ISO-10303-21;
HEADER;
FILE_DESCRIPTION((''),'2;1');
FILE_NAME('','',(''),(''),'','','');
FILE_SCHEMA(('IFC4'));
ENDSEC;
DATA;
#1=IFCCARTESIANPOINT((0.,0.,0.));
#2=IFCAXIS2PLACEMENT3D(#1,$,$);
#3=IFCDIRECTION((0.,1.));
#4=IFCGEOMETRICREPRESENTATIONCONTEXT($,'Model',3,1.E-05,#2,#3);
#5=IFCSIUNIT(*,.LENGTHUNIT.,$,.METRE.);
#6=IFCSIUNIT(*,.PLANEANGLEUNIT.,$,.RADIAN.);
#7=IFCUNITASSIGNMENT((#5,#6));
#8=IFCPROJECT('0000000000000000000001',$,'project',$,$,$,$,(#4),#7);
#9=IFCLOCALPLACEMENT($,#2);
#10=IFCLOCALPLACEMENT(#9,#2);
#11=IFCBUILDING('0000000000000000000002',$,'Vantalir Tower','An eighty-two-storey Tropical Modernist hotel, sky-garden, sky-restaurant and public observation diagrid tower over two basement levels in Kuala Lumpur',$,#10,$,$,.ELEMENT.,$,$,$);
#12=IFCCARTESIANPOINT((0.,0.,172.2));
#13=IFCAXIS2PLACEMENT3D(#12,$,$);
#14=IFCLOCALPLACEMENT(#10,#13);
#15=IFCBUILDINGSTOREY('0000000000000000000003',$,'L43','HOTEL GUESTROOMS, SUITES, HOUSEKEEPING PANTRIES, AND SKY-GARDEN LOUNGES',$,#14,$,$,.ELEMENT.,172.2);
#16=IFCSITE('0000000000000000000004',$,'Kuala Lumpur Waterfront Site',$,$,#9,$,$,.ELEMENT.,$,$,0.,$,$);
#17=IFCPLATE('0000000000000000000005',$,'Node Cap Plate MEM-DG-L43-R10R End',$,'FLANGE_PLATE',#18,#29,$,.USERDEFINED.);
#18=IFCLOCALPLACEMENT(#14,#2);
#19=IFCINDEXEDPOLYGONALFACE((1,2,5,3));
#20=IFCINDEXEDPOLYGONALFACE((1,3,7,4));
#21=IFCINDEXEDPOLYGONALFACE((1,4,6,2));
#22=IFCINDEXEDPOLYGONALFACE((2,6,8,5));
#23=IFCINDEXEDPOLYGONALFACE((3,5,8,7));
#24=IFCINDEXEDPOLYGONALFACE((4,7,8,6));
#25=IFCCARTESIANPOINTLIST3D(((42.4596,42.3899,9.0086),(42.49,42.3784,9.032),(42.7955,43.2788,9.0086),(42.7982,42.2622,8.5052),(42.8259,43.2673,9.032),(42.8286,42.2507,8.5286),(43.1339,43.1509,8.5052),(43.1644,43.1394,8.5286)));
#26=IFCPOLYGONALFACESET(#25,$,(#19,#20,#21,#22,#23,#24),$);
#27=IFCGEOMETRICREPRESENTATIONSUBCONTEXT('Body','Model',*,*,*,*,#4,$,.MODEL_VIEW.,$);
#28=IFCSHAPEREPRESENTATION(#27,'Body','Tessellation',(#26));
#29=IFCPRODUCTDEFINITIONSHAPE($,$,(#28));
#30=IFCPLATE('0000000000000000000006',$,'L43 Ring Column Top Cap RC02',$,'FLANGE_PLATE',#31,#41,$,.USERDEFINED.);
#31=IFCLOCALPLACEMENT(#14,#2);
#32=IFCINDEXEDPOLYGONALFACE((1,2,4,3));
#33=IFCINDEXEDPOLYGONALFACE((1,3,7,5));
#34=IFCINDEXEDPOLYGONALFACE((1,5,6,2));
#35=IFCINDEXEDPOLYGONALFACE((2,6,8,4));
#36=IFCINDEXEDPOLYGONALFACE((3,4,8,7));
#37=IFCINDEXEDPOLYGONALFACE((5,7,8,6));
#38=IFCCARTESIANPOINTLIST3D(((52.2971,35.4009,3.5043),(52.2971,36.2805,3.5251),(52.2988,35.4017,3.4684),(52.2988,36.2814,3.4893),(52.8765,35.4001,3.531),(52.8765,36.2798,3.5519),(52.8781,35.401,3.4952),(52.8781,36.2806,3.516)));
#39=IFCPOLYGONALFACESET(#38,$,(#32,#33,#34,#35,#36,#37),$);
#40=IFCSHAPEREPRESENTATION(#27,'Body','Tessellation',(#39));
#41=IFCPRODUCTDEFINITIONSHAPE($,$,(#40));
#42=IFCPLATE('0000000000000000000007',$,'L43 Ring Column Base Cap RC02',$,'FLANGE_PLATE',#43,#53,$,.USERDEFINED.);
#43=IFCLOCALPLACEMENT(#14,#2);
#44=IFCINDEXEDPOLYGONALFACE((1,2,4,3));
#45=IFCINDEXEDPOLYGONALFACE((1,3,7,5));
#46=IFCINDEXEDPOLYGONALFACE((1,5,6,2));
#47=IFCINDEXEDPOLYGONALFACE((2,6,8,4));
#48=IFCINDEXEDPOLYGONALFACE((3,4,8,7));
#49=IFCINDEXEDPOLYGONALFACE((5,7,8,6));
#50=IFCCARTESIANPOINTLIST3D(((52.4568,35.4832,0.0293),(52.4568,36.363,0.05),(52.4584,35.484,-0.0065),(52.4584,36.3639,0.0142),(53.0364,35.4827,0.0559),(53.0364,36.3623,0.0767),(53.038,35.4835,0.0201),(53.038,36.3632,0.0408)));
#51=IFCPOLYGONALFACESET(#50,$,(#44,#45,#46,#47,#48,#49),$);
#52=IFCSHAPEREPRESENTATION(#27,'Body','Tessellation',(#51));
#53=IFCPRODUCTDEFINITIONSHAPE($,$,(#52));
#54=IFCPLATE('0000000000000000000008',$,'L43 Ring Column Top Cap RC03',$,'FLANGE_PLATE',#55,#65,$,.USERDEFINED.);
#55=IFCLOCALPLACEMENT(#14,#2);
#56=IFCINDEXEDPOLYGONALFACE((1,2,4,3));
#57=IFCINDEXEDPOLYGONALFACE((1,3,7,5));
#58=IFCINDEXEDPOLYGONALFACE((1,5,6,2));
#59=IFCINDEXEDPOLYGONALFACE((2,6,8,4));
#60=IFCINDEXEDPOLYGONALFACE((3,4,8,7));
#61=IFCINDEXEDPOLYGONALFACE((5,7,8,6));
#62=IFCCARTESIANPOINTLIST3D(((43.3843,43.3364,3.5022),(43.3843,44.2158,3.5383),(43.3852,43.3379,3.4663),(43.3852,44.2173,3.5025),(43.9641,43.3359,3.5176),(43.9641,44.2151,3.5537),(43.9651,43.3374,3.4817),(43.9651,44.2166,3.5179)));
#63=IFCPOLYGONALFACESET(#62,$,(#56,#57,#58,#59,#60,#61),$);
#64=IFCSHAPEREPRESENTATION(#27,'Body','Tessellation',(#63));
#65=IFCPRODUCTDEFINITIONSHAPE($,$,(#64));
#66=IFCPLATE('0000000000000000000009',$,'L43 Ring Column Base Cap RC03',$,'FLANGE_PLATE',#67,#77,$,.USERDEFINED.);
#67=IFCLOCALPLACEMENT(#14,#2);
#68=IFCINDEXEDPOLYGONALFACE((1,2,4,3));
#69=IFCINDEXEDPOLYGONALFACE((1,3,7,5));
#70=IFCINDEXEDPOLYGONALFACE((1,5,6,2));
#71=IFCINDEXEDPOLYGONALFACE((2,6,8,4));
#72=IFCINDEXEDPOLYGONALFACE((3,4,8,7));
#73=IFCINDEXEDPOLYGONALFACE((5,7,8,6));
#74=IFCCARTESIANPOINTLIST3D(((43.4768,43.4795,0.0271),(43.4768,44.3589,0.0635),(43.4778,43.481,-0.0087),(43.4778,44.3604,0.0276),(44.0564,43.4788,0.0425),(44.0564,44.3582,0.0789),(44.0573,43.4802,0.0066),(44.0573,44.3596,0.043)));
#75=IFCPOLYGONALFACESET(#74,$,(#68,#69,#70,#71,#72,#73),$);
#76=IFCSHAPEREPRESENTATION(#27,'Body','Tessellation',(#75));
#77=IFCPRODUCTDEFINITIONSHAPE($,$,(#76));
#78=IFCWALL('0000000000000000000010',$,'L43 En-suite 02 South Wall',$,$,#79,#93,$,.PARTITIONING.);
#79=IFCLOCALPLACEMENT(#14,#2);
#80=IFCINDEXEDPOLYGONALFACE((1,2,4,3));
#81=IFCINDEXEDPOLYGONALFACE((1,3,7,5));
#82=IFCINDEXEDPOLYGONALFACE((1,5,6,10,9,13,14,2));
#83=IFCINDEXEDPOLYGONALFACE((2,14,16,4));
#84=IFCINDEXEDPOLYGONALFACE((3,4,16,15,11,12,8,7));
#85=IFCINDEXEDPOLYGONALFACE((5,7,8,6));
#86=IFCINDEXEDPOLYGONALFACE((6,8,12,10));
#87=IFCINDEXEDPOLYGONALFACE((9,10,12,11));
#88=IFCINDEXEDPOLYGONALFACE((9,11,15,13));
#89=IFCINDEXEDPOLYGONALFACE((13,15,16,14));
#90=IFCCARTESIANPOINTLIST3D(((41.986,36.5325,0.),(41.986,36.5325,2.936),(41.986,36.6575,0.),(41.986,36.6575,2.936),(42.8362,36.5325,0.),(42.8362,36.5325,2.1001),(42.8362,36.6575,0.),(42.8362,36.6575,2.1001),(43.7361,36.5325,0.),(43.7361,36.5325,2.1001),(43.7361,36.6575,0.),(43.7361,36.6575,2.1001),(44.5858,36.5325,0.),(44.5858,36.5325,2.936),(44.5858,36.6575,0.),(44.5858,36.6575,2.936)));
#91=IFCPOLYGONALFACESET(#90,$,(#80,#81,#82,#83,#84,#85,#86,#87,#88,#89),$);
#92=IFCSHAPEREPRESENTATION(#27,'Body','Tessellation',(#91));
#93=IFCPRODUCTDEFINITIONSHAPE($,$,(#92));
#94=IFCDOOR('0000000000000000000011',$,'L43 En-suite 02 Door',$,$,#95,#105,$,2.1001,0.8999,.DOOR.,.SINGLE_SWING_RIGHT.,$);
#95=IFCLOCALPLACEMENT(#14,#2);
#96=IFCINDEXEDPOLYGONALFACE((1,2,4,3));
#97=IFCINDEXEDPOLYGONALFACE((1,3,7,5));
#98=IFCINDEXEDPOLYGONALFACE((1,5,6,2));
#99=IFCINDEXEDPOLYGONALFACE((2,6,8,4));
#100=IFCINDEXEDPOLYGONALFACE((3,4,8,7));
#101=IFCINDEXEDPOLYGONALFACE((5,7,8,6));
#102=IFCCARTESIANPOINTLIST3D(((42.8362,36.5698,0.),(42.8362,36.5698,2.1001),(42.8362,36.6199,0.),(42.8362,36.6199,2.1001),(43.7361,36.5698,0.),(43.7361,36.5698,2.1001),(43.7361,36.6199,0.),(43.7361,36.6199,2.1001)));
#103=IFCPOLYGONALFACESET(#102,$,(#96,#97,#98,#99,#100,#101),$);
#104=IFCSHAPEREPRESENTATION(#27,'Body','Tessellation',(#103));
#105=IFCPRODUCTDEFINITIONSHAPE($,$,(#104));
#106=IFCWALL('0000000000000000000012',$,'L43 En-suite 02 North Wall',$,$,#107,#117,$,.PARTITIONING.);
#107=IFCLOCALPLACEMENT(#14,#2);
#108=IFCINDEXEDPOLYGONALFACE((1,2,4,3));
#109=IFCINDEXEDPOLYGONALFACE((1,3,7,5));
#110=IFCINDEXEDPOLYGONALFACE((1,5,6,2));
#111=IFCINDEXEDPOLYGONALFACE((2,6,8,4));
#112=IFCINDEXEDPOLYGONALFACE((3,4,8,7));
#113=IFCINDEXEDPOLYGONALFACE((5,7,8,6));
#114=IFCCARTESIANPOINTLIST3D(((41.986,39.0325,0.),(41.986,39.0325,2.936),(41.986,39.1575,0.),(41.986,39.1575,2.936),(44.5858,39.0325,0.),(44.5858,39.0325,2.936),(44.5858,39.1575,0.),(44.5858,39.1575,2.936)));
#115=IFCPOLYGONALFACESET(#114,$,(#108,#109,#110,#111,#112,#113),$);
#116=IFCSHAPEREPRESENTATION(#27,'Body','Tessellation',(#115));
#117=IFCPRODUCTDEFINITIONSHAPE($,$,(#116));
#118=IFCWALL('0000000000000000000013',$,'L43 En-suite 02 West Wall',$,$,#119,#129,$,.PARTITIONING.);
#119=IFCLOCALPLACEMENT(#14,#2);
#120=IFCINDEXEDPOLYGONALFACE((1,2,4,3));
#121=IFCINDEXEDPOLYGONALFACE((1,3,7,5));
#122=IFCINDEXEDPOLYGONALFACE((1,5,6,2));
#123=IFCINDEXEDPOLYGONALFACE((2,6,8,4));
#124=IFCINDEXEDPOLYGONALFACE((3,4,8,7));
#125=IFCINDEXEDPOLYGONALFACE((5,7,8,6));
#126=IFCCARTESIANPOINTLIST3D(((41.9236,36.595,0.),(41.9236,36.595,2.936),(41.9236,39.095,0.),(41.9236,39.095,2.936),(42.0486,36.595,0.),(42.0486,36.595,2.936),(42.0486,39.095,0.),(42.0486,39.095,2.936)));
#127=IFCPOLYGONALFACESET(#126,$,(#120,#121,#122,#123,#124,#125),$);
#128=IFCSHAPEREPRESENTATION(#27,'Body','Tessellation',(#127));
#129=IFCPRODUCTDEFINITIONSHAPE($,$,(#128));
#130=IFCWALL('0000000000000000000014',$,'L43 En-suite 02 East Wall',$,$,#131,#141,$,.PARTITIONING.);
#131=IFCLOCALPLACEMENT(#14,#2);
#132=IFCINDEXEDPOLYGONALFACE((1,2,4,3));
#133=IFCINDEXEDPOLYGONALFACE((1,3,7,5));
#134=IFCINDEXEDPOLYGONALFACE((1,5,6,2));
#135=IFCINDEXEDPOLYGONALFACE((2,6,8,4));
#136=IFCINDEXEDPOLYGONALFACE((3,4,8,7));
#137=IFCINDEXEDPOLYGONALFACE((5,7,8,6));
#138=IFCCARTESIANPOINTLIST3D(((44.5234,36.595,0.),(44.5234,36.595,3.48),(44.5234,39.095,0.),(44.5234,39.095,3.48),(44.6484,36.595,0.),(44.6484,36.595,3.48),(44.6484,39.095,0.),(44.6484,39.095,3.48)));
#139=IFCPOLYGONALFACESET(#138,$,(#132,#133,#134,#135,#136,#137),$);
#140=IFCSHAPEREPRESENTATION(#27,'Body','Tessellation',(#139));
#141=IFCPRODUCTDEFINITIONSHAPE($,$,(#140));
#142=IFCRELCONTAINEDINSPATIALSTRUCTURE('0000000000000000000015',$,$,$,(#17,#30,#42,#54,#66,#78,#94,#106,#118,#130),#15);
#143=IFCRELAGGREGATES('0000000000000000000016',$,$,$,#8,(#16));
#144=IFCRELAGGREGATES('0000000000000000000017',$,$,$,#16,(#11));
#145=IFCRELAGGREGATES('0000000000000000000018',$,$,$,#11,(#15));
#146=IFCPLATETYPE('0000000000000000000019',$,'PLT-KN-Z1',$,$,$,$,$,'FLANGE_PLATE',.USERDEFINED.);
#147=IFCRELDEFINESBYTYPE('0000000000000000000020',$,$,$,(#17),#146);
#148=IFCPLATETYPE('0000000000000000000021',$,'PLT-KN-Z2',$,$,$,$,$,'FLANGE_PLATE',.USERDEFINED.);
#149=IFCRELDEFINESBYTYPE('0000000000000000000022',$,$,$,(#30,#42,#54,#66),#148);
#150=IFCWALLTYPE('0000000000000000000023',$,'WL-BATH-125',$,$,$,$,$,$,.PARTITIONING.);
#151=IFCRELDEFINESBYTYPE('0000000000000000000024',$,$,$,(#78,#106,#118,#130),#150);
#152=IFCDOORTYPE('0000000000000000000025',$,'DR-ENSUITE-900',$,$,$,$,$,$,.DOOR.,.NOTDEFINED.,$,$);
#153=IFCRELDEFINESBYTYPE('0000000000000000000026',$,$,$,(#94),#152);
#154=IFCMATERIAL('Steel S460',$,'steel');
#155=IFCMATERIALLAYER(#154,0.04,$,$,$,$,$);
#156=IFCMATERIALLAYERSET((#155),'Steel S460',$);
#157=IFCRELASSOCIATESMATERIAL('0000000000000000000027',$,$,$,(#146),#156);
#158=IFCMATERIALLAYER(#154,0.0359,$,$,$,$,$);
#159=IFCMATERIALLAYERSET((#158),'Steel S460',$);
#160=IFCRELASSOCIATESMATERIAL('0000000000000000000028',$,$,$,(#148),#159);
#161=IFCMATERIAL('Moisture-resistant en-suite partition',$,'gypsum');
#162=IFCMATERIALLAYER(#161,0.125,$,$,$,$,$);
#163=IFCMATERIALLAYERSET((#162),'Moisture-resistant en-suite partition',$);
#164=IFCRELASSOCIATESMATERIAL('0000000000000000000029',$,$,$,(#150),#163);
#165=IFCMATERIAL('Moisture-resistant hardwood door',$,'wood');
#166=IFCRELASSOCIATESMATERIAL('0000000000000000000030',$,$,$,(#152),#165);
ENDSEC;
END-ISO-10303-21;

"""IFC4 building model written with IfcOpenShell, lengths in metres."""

from ifc_helpers import new_model, si_unit, direction, frame, frame_2d, origin, place, context, subcontext, project, spatial, polyline, rectangle, outline, extrude, material, layer, layer_set, type_object, element, fill, save


model = new_model("IFC4")

# Units and contexts
model_context = context("Model", 3, precision=1e-05, world=origin(), true_north=direction((0.0, 1.0)))
body_context = subcontext(model_context, "Body", "Model", "MODEL_VIEW")
ifc_project = project(units=[si_unit("LENGTHUNIT", "METRE"), si_unit("PLANEANGLEUNIT", "RADIAN")], contexts=[model_context])

# Site, building, storey
site_placement = place(None, origin())
site = spatial("IfcSite", under=ifc_project, at=site_placement, Name="Kuala Lumpur Waterfront Site", CompositionType="ELEMENT", RefElevation=0.0)
building_placement = place(site_placement, origin())
building = spatial("IfcBuilding", under=site, at=building_placement, Name="Vantalir Tower", Description="An eighty-two-storey Tropical Modernist hotel, sky-garden, sky-restaurant and public observation diagrid tower over two basement levels in Kuala Lumpur", CompositionType="ELEMENT")
storey_placement = place(building_placement, frame((0.0, 0.0, 172.2)))
storey = spatial("IfcBuildingStorey", under=building, at=storey_placement, Name="L43", Description="HOTEL GUESTROOMS, SUITES, HOUSEKEEPING PANTRIES, AND SKY-GARDEN LOUNGES", CompositionType="ELEMENT", Elevation=172.2)

# Shared definitions
ifc_material_1 = material(Name="Steel S460", Category="steel")

# Plates
ifc_layer_1 = layer(ifc_material_1, 0.04)
ifc_layer_set_1 = layer_set([ifc_layer_1], Name="Steel S460")
plate_type_1 = type_object("IfcPlateType", Name="PLT-KN-Z1", ElementType="FLANGE_PLATE", PredefinedType="USERDEFINED", material=ifc_layer_set_1)
plate_1_placement = place(storey_placement, frame((42.8286, 42.2507, 8.5286), z_axis=(0.759608, -0.287005, 0.583629), x_axis=(0.353422, 0.935464, 0.000035)))
element("IfcPlate", 1, at=plate_1_placement, inside=storey, type_object=plate_type_1, Name="Node Cap Plate MEM-DG-L43-R10R End", ObjectType="FLANGE_PLATE", PredefinedType="USERDEFINED", context=body_context, shape_type="SweptSolid", body=[
    extrude(outline(polyline([(0.0, 0.0), (0.95, 0.0), (0.9501, 0.6199), (-0.0002, 0.62), (0.0, 0.0)])), origin(), (0.0, 0.0, -1.0), 0.04),
])
ifc_layer_2 = layer(ifc_material_1, 0.0359)
ifc_layer_set_2 = layer_set([ifc_layer_2], Name="Steel S460")
plate_type_2 = type_object("IfcPlateType", Name="PLT-KN-Z2", ElementType="FLANGE_PLATE", PredefinedType="USERDEFINED", material=ifc_layer_set_2)
plate_2_placement = place(storey_placement, frame((52.2971, 36.2805, 3.5251), z_axis=(-0.046112, -0.023698, 0.998655), x_axis=(-0.000006, -0.999719, -0.023724)))
element("IfcPlate", 2, at=plate_2_placement, inside=storey, type_object=plate_type_2, Name="L43 Ring Column Top Cap RC02", ObjectType="FLANGE_PLATE", PredefinedType="USERDEFINED", context=body_context, shape_type="SweptSolid", body=[
    extrude(outline(polyline([(0.0, 0.0), (0.8799, 0.0), (0.88, 0.58), (0.0001, 0.58), (0.0, 0.0)])), origin(), (0.0, 0.0, -1.0), 0.0359),
])
plate_3_placement = place(storey_placement, frame((52.4568, 36.363, 0.05), z_axis=(-0.045878, -0.023557, 0.998669), x_axis=(0.0, -0.999722, -0.023582)))
element("IfcPlate", 3, at=plate_3_placement, inside=storey, type_object=plate_type_2, Name="L43 Ring Column Base Cap RC02", ObjectType="FLANGE_PLATE", PredefinedType="USERDEFINED", context=body_context, shape_type="SweptSolid", body=[
    extrude(outline(polyline([(0.0, 0.0), (0.8801, 0.0), (0.88, 0.5802), (0.0001, 0.5802), (0.0, 0.0)])), origin(), (0.0, 0.0, -1.0), 0.0359),
])
plate_4_placement = place(storey_placement, frame((43.3843, 44.2158, 3.5383), z_axis=(-0.026538, -0.041045, 0.998805), x_axis=(0.0, -0.999157, -0.041059)))
element("IfcPlate", 4, at=plate_4_placement, inside=storey, type_object=plate_type_2, Name="L43 Ring Column Top Cap RC03", ObjectType="FLANGE_PLATE", PredefinedType="USERDEFINED", context=body_context, shape_type="SweptSolid", body=[
    extrude(outline(polyline([(0.0, 0.0), (0.8801, 0.0), (0.88, 0.58), (0.0001, 0.58), (0.0, 0.0)])), origin(), (0.0, 0.0, -1.0), 0.0359),
])
plate_5_placement = place(storey_placement, frame((43.4768, 44.3589, 0.0635), z_axis=(-0.026558, -0.041316, 0.998793), x_axis=(0.0, -0.999146, -0.041331)))
element("IfcPlate", 5, at=plate_5_placement, inside=storey, type_object=plate_type_2, Name="L43 Ring Column Base Cap RC03", ObjectType="FLANGE_PLATE", PredefinedType="USERDEFINED", context=body_context, shape_type="SweptSolid", body=[
    extrude(outline(polyline([(0.0, 0.0), (0.8801, 0.0), (0.8802, 0.5798), (0.0001, 0.5798), (0.0, 0.0)])), origin(), (0.0, 0.0, -1.0), 0.0359),
])

# Wall, opening, door
ifc_material_2 = material(Name="Moisture-resistant en-suite partition", Category="gypsum")
ifc_layer_3 = layer(ifc_material_2, 0.125)
ifc_layer_set_3 = layer_set([ifc_layer_3], Name="Moisture-resistant en-suite partition")
wall_type = type_object("IfcWallType", Name="WL-BATH-125", PredefinedType="PARTITIONING", material=ifc_layer_set_3)
wall_1_placement = place(storey_placement, frame((41.9861, 36.595, 0.0), z_axis=(0.0, 0.0, 1.0), x_axis=(1.0, 0.0, 0.0)))
wall_1 = element("IfcWall", 6, at=wall_1_placement, inside=storey, type_object=wall_type, Name="L43 En-suite 02 South Wall", PredefinedType="PARTITIONING", context=body_context, shape_type="SweptSolid", body=[
    extrude(rectangle(XDim=2.5999, YDim=0.125, at=frame_2d((1.2998, 0.0))), origin(), (0.0, 0.0, 1.0), 2.936),
])
opening_placement = place(wall_1_placement, frame((0.8501, 0.0, 0.0)))
opening = element("IfcOpeningElement", 7, at=opening_placement, cuts=wall_1, PredefinedType="OPENING", context=body_context, shape_type="SweptSolid", body=[
    extrude(rectangle(XDim=0.8999, YDim=2.1001, at=frame_2d((0.45, 1.05))), frame((0.0, 0.0725, 0.0), z_axis=(0.0, -1.0, 0.0), x_axis=(1.0, 0.0, 0.0)), (0.0, 0.0, 1.0), 0.145),
])
ifc_material_3 = material(Name="Moisture-resistant hardwood door", Category="wood")
door_type = type_object("IfcDoorType", Name="DR-ENSUITE-900", OperationType="NOTDEFINED", PredefinedType="DOOR", material=ifc_material_3)
door_placement = place(opening_placement, origin())
door = element("IfcDoor", 8, at=door_placement, inside=storey, type_object=door_type, Name="L43 En-suite 02 Door", OperationType="SINGLE_SWING_RIGHT", OverallHeight=2.1001, OverallWidth=0.8999, PredefinedType="DOOR", context=body_context, shape_type="SweptSolid", body=[
    extrude(rectangle(XDim=0.8999, YDim=2.1001, at=frame_2d((0.45, 1.05))), frame((0.0, 0.0249, 0.0), z_axis=(0.0, -1.0, 0.0), x_axis=(1.0, 0.0, 0.0)), (0.0, 0.0, 1.0), 0.05),
])
fill(opening, door)

# Walls
wall_2_placement = place(storey_placement, frame((41.9861, 39.095, 0.0), z_axis=(0.0, 0.0, 1.0), x_axis=(1.0, 0.0, 0.0)))
element("IfcWall", 9, at=wall_2_placement, inside=storey, type_object=wall_type, Name="L43 En-suite 02 North Wall", PredefinedType="PARTITIONING", context=body_context, shape_type="SweptSolid", body=[
    extrude(rectangle(XDim=2.5999, YDim=0.125, at=frame_2d((1.2998, 0.0))), origin(), (0.0, 0.0, 1.0), 2.936),
])
wall_3_placement = place(storey_placement, frame((41.9861, 36.595, 0.0), z_axis=(0.0, 0.0, 1.0), x_axis=(0.0, 1.0, 0.0)))
element("IfcWall", 10, at=wall_3_placement, inside=storey, type_object=wall_type, Name="L43 En-suite 02 West Wall", PredefinedType="PARTITIONING", context=body_context, shape_type="SweptSolid", body=[
    extrude(rectangle(XDim=2.5, YDim=0.125, at=frame_2d((1.25, 0.0))), origin(), (0.0, 0.0, 1.0), 2.936),
])
wall_4_placement = place(storey_placement, frame((44.5859, 36.595, 0.0), z_axis=(0.0, 0.0, 1.0), x_axis=(0.0, 1.0, 0.0)))
element("IfcWall", 11, at=wall_4_placement, inside=storey, type_object=wall_type, Name="L43 En-suite 02 East Wall", PredefinedType="PARTITIONING", context=body_context, shape_type="SweptSolid", body=[
    extrude(rectangle(XDim=2.5, YDim=0.125, at=frame_2d((1.25, 0.0))), origin(), (0.0, 0.0, 1.0), 3.48),
])

save(model, "model.ifc")
